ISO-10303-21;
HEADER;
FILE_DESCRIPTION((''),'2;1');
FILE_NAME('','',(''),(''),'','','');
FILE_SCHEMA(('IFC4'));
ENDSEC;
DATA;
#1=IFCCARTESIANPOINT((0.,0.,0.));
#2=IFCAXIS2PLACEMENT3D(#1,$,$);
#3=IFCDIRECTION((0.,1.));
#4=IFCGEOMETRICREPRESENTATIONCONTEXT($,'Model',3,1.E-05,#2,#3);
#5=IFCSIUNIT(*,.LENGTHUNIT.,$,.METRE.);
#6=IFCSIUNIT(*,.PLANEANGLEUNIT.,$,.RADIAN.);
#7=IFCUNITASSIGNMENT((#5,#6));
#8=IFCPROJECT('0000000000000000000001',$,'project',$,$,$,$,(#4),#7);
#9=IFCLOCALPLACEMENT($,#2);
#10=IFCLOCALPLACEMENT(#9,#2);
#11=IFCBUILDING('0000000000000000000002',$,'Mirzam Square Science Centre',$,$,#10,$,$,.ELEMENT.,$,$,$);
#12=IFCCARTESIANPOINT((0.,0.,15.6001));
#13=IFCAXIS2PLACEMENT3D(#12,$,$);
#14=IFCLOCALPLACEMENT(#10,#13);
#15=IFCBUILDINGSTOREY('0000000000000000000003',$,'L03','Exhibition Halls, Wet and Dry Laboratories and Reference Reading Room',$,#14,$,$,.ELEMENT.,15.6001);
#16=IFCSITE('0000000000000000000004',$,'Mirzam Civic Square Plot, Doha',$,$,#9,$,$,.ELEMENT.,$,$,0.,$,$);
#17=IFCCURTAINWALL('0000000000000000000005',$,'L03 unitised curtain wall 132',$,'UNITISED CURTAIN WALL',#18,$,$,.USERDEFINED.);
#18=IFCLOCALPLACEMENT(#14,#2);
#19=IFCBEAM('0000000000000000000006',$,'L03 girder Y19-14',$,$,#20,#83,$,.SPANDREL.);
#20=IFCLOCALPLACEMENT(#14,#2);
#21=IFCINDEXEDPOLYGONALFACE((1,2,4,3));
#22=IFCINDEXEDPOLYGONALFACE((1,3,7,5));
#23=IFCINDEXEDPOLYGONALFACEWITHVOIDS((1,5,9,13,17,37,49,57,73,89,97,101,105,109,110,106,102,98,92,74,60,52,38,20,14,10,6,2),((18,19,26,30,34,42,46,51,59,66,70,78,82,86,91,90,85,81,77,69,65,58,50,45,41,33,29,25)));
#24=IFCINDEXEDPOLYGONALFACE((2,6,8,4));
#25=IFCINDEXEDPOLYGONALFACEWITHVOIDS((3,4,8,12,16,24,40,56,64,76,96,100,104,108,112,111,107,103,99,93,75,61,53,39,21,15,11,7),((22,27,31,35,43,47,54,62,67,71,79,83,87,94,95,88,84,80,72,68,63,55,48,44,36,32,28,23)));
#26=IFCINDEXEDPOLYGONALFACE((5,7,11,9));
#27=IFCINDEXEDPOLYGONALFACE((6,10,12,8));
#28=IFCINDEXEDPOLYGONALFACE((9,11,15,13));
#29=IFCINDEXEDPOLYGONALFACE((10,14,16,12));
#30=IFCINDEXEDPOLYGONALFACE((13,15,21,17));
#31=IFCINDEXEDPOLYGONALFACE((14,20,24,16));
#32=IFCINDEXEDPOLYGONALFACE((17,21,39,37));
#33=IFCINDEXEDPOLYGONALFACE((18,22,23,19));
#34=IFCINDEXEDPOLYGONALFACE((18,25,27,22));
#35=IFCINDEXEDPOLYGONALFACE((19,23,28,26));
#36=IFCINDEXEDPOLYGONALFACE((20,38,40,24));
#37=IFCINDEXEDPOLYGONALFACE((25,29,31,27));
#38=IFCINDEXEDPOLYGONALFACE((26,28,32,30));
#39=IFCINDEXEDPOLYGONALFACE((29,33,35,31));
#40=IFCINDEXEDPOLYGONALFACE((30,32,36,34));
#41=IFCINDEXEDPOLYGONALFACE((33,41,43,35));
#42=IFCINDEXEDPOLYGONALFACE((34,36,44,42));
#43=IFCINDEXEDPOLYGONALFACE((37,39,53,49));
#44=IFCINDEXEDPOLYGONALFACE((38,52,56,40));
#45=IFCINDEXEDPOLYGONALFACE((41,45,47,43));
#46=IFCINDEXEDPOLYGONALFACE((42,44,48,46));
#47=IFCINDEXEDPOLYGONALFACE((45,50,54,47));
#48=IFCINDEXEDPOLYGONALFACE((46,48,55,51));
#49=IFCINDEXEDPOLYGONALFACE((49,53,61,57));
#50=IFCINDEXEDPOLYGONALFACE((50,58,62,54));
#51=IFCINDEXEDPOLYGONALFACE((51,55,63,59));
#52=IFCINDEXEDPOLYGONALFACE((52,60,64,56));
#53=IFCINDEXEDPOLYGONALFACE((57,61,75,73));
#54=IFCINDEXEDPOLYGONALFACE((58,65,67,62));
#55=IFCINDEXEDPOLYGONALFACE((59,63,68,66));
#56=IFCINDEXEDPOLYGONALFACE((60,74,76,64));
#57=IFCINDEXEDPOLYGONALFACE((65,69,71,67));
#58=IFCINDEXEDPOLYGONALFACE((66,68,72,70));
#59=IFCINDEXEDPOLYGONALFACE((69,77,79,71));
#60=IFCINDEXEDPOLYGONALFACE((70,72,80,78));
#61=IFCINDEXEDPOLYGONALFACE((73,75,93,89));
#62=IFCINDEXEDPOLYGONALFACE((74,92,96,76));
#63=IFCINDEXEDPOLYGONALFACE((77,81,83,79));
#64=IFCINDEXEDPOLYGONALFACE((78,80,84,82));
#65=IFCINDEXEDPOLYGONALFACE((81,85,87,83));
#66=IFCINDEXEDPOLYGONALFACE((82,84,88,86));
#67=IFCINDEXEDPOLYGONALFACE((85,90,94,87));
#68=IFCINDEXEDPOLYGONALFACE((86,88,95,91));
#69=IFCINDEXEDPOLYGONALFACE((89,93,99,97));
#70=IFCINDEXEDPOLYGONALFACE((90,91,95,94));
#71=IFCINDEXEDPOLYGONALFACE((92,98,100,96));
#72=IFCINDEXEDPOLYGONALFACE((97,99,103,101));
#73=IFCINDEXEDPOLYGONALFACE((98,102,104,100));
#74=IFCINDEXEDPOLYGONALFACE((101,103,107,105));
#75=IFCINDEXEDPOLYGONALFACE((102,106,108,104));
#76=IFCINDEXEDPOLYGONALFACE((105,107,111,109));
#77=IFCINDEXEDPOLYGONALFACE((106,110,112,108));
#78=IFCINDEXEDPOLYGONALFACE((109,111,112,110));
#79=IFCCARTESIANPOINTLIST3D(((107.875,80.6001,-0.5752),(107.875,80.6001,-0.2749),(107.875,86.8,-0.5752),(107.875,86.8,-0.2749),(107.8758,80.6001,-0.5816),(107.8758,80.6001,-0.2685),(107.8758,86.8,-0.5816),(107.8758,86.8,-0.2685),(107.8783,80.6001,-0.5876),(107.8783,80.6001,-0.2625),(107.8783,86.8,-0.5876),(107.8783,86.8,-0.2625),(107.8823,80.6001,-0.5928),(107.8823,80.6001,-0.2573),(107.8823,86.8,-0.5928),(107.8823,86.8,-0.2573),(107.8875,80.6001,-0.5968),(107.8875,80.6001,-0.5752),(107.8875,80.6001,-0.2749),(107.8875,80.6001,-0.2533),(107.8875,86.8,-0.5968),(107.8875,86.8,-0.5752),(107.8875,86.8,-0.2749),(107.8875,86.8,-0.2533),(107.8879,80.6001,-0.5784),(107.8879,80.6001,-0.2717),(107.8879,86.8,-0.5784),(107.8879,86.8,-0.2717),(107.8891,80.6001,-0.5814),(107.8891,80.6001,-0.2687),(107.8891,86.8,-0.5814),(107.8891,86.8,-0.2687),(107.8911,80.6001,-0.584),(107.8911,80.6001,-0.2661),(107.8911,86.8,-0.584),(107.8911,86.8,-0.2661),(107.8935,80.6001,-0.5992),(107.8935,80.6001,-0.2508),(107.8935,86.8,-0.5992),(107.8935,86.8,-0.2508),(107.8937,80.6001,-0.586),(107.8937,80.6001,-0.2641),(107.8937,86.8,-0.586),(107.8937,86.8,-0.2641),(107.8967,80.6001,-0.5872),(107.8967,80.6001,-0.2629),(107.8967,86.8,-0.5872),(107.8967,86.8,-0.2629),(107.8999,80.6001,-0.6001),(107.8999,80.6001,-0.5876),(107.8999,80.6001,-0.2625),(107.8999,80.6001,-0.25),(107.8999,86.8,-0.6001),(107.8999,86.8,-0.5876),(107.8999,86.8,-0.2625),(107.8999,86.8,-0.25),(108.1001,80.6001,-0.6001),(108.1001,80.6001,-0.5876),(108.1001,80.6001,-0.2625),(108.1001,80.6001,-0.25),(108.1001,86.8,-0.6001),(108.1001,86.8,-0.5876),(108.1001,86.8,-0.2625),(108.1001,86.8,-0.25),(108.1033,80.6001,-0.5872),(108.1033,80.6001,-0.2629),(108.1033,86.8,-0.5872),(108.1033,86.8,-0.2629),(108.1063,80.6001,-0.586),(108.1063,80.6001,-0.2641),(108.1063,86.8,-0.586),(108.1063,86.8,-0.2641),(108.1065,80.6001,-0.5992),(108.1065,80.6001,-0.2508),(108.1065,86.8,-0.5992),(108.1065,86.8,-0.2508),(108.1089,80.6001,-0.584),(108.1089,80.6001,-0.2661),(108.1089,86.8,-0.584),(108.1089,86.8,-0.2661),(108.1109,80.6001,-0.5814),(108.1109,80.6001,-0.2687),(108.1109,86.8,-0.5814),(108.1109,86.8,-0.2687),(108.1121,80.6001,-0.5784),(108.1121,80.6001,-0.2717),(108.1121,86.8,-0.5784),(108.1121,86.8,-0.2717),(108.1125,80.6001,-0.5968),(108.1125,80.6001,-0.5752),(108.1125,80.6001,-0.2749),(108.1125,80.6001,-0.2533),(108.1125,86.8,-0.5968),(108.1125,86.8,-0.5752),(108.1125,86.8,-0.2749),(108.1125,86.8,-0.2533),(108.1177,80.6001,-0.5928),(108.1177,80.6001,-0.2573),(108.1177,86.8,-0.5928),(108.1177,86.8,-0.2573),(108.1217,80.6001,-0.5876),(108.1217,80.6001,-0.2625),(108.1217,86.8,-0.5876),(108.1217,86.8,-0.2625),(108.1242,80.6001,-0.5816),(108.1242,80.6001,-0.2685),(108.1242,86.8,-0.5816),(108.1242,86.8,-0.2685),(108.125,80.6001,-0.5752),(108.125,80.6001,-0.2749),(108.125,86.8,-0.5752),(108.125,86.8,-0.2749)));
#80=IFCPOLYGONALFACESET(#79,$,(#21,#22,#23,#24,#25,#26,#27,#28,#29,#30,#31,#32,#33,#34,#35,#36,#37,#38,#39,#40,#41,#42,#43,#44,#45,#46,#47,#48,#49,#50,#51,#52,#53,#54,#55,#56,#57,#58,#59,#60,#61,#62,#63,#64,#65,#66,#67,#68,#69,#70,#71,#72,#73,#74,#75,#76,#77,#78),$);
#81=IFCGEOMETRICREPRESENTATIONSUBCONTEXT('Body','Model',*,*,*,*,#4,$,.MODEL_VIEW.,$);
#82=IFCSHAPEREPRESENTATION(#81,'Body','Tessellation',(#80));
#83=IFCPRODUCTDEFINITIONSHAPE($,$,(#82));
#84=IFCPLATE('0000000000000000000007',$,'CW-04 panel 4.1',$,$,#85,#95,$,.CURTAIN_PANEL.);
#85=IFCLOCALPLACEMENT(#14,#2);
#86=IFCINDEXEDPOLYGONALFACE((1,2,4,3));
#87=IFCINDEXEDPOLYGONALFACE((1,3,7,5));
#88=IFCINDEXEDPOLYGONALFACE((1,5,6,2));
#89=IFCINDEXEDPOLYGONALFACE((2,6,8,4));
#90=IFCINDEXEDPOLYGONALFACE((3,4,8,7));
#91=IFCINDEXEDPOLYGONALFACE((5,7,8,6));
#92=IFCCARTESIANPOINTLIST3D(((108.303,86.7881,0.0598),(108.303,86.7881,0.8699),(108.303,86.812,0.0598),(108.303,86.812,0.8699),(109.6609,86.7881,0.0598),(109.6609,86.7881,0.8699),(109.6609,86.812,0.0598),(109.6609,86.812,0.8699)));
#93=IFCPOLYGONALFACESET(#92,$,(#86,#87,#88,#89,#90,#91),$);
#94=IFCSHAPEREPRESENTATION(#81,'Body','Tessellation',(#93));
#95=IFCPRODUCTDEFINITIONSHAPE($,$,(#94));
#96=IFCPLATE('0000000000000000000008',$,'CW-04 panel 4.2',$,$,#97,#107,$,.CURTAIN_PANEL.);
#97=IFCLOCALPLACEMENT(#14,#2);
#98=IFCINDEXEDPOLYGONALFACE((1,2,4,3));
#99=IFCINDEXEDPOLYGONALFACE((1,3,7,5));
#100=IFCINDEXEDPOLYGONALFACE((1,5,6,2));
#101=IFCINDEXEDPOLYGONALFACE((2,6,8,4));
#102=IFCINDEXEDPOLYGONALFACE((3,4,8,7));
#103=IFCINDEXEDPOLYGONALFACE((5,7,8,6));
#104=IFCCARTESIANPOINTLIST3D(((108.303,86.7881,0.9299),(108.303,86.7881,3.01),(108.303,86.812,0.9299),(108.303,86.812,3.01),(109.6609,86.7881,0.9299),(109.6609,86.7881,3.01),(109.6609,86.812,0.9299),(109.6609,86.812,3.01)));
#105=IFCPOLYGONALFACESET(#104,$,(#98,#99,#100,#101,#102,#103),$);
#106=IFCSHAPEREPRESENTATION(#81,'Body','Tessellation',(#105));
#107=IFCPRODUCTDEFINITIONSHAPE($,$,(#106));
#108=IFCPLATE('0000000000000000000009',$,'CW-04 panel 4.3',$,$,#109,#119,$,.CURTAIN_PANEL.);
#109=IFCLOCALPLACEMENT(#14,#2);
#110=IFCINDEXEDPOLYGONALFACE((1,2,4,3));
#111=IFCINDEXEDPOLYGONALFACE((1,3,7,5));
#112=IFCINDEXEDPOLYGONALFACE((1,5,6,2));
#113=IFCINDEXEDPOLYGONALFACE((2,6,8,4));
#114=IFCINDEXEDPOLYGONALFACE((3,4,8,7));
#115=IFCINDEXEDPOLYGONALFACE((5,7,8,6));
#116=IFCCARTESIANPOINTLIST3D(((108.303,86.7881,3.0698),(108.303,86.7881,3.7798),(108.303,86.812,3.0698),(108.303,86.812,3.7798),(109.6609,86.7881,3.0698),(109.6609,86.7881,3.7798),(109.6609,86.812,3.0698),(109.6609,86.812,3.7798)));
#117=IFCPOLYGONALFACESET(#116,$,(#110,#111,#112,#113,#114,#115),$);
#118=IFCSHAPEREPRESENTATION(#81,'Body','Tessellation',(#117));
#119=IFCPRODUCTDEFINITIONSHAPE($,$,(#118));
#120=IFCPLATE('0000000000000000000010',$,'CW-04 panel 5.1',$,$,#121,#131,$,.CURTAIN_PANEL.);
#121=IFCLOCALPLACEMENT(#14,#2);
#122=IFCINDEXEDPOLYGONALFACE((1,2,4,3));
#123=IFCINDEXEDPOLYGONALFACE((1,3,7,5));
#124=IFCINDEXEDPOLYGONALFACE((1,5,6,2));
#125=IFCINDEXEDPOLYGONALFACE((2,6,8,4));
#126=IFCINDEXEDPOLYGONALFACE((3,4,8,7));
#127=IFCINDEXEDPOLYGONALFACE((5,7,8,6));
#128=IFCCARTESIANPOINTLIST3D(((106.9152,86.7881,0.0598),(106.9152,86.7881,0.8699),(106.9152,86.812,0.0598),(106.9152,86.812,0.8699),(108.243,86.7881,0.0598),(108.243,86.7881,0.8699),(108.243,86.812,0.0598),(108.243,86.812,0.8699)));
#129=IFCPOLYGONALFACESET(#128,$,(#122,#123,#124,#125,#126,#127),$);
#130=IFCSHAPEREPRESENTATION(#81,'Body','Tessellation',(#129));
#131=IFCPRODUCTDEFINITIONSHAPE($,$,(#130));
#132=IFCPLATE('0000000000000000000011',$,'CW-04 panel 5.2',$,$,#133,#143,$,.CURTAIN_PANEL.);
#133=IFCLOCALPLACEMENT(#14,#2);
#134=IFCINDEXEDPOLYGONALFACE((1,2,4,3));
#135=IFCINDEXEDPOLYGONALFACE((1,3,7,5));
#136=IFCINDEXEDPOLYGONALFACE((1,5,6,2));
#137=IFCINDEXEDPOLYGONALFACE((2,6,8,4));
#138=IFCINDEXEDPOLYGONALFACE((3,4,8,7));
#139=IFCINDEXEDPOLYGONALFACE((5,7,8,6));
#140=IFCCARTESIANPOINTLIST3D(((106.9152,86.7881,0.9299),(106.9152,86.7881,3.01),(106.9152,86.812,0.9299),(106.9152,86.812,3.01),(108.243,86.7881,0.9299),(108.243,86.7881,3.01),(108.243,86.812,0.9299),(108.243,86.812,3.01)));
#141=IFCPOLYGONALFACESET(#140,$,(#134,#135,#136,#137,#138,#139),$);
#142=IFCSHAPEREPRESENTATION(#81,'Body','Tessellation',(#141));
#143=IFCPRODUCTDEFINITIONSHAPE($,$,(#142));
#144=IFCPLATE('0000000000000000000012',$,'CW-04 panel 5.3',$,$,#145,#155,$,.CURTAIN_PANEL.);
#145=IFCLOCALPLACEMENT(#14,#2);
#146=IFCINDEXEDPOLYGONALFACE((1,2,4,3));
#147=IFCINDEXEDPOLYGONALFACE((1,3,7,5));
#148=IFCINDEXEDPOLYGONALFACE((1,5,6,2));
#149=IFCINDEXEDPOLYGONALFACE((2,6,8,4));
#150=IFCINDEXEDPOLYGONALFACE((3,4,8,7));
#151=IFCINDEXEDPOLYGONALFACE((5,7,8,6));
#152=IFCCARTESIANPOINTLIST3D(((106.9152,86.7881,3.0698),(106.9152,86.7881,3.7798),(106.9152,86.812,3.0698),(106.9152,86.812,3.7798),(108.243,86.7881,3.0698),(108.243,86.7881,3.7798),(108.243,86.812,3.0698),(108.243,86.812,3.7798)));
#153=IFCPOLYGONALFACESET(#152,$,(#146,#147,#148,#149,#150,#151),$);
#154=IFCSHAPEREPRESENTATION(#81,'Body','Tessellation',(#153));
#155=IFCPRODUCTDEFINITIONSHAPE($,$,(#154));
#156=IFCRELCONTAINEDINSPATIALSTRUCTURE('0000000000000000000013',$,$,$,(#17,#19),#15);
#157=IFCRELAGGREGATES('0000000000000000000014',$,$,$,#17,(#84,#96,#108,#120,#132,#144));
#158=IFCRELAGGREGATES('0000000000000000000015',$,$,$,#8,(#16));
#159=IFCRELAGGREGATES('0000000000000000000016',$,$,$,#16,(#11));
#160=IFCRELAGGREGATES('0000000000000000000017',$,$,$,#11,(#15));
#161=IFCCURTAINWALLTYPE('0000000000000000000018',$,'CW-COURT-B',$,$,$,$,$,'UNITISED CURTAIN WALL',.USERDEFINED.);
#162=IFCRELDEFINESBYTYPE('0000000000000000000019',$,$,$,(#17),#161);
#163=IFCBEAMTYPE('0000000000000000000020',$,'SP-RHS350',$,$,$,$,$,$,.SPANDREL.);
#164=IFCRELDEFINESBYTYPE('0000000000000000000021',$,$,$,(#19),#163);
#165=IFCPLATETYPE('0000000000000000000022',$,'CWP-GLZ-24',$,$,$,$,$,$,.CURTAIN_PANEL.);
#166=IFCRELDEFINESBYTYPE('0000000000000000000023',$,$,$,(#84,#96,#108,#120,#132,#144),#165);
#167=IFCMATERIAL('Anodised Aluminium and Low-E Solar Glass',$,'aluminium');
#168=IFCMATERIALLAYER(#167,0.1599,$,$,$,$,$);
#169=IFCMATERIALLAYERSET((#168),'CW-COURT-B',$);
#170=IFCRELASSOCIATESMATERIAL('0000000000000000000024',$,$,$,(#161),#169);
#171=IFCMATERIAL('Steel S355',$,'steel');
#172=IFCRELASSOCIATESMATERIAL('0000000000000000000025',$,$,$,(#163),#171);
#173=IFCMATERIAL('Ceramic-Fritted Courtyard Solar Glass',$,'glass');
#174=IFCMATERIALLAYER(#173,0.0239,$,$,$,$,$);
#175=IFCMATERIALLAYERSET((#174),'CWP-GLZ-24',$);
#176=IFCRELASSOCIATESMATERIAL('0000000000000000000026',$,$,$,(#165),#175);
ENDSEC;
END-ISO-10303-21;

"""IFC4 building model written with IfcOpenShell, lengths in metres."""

from ifc_helpers import new_model, si_unit, direction, frame, origin, origin_2d, place, context, subcontext, project, spatial, rectangle, hollow_rectangle, extrude, material, layer, layer_set, material_profile, profile_set, type_object, element, aggregate, save


model = new_model("IFC4")

# Units and contexts
model_context = context("Model", 3, precision=1e-05, world=origin(), true_north=direction((0.0, 1.0)))
body_context = subcontext(model_context, "Body", "Model", "MODEL_VIEW")
ifc_project = project(units=[si_unit("LENGTHUNIT", "METRE"), si_unit("PLANEANGLEUNIT", "RADIAN")], contexts=[model_context])

# Site, building, storey
site_placement = place(None, origin())
site = spatial("IfcSite", under=ifc_project, at=site_placement, Name="Mirzam Civic Square Plot, Doha", CompositionType="ELEMENT", RefElevation=0.0)
building_placement = place(site_placement, origin())
building = spatial("IfcBuilding", under=site, at=building_placement, Name="Mirzam Square Science Centre", CompositionType="ELEMENT")
storey_placement = place(building_placement, frame((0.0, 0.0, 15.6001)))
storey = spatial("IfcBuildingStorey", under=building, at=storey_placement, Name="L03", Description="Exhibition Halls, Wet and Dry Laboratories and Reference Reading Room", CompositionType="ELEMENT", Elevation=15.6001)

# Shared definitions
ifc_material_1 = material(Name="Steel S355", Category="steel")

# Curtain wall
ifc_material_2 = material(Name="Anodised Aluminium and Low-E Solar Glass", Category="aluminium")
ifc_layer_1 = layer(ifc_material_2, 0.1599)
ifc_layer_set_1 = layer_set([ifc_layer_1], Name="CW-COURT-B")
curtain_wall_type = type_object("IfcCurtainWallType", Name="CW-COURT-B", ElementType="UNITISED CURTAIN WALL", PredefinedType="USERDEFINED", material=ifc_layer_set_1)
curtain_wall_1_placement = place(storey_placement, origin())
curtain_wall_1 = element("IfcCurtainWall", 1, at=curtain_wall_1_placement, inside=storey, type_object=curtain_wall_type, Name="L03 unitised curtain wall 132", ObjectType="UNITISED CURTAIN WALL", PredefinedType="USERDEFINED")

# Beam
ifc_material_profile_1 = material_profile(ifc_material_1, hollow_rectangle(XDim=0.25, YDim=0.3501, WallThickness=0.0125, InnerFilletRadius=0.0125, OuterFilletRadius=0.0249, at=origin_2d()), Name="350x250x12.5RHS")
ifc_profile_set_1 = profile_set([ifc_material_profile_1], Name="Steel S355")
beam_type_1 = type_object("IfcBeamType", Name="SP-RHS350", PredefinedType="SPANDREL", material=ifc_profile_set_1)
beam_1_placement = place(storey_placement, frame((108.0, 80.6001, -0.425), z_axis=(0.0, 1.0, 0.0), x_axis=(-1.0, 0.0, 0.0)))
element("IfcBeam", 2, at=beam_1_placement, inside=storey, type_object=beam_type_1, Name="L03 girder Y19-14", PredefinedType="SPANDREL", context=body_context, shape_type="SweptSolid", body=[
    extrude(hollow_rectangle(XDim=0.25, YDim=0.3501, WallThickness=0.0125, InnerFilletRadius=0.0125, OuterFilletRadius=0.0249, at=origin_2d()), origin(), (0.0, 0.0, 1.0), 6.2),
])

# Plates
ifc_material_3 = material(Name="Ceramic-Fritted Courtyard Solar Glass", Category="glass")
ifc_layer_2 = layer(ifc_material_3, 0.0239)
ifc_layer_set_2 = layer_set([ifc_layer_2], Name="CWP-GLZ-24")
plate_type = type_object("IfcPlateType", Name="CWP-GLZ-24", PredefinedType="CURTAIN_PANEL", material=ifc_layer_set_2)
plate_1_placement = place(storey_placement, frame((108.9819, 86.8, 0.0598), z_axis=(0.0, 0.0, 1.0), x_axis=(-1.0, 0.0, 0.0)))
plate_1 = element("IfcPlate", 3, at=plate_1_placement, type_object=plate_type, Name="CW-04 panel 4.1", PredefinedType="CURTAIN_PANEL", context=body_context, shape_type="SweptSolid", body=[
    extrude(rectangle(XDim=1.3579, YDim=0.0239, at=origin_2d()), origin(), (0.0, 0.0, 1.0), 0.8101),
])
plate_2_placement = place(storey_placement, frame((108.9819, 86.8, 0.9299), z_axis=(0.0, 0.0, 1.0), x_axis=(-1.0, 0.0, 0.0)))
plate_2 = element("IfcPlate", 4, at=plate_2_placement, type_object=plate_type, Name="CW-04 panel 4.2", PredefinedType="CURTAIN_PANEL", context=body_context, shape_type="SweptSolid", body=[
    extrude(rectangle(XDim=1.3579, YDim=0.0239, at=origin_2d()), origin(), (0.0, 0.0, 1.0), 2.0801),
])
plate_3_placement = place(storey_placement, frame((108.9819, 86.8, 3.0698), z_axis=(0.0, 0.0, 1.0), x_axis=(-1.0, 0.0, 0.0)))
plate_3 = element("IfcPlate", 5, at=plate_3_placement, type_object=plate_type, Name="CW-04 panel 4.3", PredefinedType="CURTAIN_PANEL", context=body_context, shape_type="SweptSolid", body=[
    extrude(rectangle(XDim=1.3579, YDim=0.0239, at=origin_2d()), origin(), (0.0, 0.0, 1.0), 0.71),
])
plate_4_placement = place(storey_placement, frame((107.5791, 86.8, 0.0598), z_axis=(0.0, 0.0, 1.0), x_axis=(-1.0, 0.0, 0.0)))
plate_4 = element("IfcPlate", 6, at=plate_4_placement, type_object=plate_type, Name="CW-04 panel 5.1", PredefinedType="CURTAIN_PANEL", context=body_context, shape_type="SweptSolid", body=[
    extrude(rectangle(XDim=1.3279, YDim=0.0239, at=origin_2d()), origin(), (0.0, 0.0, 1.0), 0.8101),
])
plate_5_placement = place(storey_placement, frame((107.5791, 86.8, 0.9299), z_axis=(0.0, 0.0, 1.0), x_axis=(-1.0, 0.0, 0.0)))
plate_5 = element("IfcPlate", 7, at=plate_5_placement, type_object=plate_type, Name="CW-04 panel 5.2", PredefinedType="CURTAIN_PANEL", context=body_context, shape_type="SweptSolid", body=[
    extrude(rectangle(XDim=1.3279, YDim=0.0239, at=origin_2d()), origin(), (0.0, 0.0, 1.0), 2.0801),
])
plate_6_placement = place(storey_placement, frame((107.5791, 86.8, 3.0698), z_axis=(0.0, 0.0, 1.0), x_axis=(-1.0, 0.0, 0.0)))
plate_6 = element("IfcPlate", 8, at=plate_6_placement, type_object=plate_type, Name="CW-04 panel 5.3", PredefinedType="CURTAIN_PANEL", context=body_context, shape_type="SweptSolid", body=[
    extrude(rectangle(XDim=1.3279, YDim=0.0239, at=origin_2d()), origin(), (0.0, 0.0, 1.0), 0.71),
])
aggregate(curtain_wall_1, [plate_1, plate_2, plate_3, plate_4, plate_5, plate_6])

save(model, "model.ifc")
